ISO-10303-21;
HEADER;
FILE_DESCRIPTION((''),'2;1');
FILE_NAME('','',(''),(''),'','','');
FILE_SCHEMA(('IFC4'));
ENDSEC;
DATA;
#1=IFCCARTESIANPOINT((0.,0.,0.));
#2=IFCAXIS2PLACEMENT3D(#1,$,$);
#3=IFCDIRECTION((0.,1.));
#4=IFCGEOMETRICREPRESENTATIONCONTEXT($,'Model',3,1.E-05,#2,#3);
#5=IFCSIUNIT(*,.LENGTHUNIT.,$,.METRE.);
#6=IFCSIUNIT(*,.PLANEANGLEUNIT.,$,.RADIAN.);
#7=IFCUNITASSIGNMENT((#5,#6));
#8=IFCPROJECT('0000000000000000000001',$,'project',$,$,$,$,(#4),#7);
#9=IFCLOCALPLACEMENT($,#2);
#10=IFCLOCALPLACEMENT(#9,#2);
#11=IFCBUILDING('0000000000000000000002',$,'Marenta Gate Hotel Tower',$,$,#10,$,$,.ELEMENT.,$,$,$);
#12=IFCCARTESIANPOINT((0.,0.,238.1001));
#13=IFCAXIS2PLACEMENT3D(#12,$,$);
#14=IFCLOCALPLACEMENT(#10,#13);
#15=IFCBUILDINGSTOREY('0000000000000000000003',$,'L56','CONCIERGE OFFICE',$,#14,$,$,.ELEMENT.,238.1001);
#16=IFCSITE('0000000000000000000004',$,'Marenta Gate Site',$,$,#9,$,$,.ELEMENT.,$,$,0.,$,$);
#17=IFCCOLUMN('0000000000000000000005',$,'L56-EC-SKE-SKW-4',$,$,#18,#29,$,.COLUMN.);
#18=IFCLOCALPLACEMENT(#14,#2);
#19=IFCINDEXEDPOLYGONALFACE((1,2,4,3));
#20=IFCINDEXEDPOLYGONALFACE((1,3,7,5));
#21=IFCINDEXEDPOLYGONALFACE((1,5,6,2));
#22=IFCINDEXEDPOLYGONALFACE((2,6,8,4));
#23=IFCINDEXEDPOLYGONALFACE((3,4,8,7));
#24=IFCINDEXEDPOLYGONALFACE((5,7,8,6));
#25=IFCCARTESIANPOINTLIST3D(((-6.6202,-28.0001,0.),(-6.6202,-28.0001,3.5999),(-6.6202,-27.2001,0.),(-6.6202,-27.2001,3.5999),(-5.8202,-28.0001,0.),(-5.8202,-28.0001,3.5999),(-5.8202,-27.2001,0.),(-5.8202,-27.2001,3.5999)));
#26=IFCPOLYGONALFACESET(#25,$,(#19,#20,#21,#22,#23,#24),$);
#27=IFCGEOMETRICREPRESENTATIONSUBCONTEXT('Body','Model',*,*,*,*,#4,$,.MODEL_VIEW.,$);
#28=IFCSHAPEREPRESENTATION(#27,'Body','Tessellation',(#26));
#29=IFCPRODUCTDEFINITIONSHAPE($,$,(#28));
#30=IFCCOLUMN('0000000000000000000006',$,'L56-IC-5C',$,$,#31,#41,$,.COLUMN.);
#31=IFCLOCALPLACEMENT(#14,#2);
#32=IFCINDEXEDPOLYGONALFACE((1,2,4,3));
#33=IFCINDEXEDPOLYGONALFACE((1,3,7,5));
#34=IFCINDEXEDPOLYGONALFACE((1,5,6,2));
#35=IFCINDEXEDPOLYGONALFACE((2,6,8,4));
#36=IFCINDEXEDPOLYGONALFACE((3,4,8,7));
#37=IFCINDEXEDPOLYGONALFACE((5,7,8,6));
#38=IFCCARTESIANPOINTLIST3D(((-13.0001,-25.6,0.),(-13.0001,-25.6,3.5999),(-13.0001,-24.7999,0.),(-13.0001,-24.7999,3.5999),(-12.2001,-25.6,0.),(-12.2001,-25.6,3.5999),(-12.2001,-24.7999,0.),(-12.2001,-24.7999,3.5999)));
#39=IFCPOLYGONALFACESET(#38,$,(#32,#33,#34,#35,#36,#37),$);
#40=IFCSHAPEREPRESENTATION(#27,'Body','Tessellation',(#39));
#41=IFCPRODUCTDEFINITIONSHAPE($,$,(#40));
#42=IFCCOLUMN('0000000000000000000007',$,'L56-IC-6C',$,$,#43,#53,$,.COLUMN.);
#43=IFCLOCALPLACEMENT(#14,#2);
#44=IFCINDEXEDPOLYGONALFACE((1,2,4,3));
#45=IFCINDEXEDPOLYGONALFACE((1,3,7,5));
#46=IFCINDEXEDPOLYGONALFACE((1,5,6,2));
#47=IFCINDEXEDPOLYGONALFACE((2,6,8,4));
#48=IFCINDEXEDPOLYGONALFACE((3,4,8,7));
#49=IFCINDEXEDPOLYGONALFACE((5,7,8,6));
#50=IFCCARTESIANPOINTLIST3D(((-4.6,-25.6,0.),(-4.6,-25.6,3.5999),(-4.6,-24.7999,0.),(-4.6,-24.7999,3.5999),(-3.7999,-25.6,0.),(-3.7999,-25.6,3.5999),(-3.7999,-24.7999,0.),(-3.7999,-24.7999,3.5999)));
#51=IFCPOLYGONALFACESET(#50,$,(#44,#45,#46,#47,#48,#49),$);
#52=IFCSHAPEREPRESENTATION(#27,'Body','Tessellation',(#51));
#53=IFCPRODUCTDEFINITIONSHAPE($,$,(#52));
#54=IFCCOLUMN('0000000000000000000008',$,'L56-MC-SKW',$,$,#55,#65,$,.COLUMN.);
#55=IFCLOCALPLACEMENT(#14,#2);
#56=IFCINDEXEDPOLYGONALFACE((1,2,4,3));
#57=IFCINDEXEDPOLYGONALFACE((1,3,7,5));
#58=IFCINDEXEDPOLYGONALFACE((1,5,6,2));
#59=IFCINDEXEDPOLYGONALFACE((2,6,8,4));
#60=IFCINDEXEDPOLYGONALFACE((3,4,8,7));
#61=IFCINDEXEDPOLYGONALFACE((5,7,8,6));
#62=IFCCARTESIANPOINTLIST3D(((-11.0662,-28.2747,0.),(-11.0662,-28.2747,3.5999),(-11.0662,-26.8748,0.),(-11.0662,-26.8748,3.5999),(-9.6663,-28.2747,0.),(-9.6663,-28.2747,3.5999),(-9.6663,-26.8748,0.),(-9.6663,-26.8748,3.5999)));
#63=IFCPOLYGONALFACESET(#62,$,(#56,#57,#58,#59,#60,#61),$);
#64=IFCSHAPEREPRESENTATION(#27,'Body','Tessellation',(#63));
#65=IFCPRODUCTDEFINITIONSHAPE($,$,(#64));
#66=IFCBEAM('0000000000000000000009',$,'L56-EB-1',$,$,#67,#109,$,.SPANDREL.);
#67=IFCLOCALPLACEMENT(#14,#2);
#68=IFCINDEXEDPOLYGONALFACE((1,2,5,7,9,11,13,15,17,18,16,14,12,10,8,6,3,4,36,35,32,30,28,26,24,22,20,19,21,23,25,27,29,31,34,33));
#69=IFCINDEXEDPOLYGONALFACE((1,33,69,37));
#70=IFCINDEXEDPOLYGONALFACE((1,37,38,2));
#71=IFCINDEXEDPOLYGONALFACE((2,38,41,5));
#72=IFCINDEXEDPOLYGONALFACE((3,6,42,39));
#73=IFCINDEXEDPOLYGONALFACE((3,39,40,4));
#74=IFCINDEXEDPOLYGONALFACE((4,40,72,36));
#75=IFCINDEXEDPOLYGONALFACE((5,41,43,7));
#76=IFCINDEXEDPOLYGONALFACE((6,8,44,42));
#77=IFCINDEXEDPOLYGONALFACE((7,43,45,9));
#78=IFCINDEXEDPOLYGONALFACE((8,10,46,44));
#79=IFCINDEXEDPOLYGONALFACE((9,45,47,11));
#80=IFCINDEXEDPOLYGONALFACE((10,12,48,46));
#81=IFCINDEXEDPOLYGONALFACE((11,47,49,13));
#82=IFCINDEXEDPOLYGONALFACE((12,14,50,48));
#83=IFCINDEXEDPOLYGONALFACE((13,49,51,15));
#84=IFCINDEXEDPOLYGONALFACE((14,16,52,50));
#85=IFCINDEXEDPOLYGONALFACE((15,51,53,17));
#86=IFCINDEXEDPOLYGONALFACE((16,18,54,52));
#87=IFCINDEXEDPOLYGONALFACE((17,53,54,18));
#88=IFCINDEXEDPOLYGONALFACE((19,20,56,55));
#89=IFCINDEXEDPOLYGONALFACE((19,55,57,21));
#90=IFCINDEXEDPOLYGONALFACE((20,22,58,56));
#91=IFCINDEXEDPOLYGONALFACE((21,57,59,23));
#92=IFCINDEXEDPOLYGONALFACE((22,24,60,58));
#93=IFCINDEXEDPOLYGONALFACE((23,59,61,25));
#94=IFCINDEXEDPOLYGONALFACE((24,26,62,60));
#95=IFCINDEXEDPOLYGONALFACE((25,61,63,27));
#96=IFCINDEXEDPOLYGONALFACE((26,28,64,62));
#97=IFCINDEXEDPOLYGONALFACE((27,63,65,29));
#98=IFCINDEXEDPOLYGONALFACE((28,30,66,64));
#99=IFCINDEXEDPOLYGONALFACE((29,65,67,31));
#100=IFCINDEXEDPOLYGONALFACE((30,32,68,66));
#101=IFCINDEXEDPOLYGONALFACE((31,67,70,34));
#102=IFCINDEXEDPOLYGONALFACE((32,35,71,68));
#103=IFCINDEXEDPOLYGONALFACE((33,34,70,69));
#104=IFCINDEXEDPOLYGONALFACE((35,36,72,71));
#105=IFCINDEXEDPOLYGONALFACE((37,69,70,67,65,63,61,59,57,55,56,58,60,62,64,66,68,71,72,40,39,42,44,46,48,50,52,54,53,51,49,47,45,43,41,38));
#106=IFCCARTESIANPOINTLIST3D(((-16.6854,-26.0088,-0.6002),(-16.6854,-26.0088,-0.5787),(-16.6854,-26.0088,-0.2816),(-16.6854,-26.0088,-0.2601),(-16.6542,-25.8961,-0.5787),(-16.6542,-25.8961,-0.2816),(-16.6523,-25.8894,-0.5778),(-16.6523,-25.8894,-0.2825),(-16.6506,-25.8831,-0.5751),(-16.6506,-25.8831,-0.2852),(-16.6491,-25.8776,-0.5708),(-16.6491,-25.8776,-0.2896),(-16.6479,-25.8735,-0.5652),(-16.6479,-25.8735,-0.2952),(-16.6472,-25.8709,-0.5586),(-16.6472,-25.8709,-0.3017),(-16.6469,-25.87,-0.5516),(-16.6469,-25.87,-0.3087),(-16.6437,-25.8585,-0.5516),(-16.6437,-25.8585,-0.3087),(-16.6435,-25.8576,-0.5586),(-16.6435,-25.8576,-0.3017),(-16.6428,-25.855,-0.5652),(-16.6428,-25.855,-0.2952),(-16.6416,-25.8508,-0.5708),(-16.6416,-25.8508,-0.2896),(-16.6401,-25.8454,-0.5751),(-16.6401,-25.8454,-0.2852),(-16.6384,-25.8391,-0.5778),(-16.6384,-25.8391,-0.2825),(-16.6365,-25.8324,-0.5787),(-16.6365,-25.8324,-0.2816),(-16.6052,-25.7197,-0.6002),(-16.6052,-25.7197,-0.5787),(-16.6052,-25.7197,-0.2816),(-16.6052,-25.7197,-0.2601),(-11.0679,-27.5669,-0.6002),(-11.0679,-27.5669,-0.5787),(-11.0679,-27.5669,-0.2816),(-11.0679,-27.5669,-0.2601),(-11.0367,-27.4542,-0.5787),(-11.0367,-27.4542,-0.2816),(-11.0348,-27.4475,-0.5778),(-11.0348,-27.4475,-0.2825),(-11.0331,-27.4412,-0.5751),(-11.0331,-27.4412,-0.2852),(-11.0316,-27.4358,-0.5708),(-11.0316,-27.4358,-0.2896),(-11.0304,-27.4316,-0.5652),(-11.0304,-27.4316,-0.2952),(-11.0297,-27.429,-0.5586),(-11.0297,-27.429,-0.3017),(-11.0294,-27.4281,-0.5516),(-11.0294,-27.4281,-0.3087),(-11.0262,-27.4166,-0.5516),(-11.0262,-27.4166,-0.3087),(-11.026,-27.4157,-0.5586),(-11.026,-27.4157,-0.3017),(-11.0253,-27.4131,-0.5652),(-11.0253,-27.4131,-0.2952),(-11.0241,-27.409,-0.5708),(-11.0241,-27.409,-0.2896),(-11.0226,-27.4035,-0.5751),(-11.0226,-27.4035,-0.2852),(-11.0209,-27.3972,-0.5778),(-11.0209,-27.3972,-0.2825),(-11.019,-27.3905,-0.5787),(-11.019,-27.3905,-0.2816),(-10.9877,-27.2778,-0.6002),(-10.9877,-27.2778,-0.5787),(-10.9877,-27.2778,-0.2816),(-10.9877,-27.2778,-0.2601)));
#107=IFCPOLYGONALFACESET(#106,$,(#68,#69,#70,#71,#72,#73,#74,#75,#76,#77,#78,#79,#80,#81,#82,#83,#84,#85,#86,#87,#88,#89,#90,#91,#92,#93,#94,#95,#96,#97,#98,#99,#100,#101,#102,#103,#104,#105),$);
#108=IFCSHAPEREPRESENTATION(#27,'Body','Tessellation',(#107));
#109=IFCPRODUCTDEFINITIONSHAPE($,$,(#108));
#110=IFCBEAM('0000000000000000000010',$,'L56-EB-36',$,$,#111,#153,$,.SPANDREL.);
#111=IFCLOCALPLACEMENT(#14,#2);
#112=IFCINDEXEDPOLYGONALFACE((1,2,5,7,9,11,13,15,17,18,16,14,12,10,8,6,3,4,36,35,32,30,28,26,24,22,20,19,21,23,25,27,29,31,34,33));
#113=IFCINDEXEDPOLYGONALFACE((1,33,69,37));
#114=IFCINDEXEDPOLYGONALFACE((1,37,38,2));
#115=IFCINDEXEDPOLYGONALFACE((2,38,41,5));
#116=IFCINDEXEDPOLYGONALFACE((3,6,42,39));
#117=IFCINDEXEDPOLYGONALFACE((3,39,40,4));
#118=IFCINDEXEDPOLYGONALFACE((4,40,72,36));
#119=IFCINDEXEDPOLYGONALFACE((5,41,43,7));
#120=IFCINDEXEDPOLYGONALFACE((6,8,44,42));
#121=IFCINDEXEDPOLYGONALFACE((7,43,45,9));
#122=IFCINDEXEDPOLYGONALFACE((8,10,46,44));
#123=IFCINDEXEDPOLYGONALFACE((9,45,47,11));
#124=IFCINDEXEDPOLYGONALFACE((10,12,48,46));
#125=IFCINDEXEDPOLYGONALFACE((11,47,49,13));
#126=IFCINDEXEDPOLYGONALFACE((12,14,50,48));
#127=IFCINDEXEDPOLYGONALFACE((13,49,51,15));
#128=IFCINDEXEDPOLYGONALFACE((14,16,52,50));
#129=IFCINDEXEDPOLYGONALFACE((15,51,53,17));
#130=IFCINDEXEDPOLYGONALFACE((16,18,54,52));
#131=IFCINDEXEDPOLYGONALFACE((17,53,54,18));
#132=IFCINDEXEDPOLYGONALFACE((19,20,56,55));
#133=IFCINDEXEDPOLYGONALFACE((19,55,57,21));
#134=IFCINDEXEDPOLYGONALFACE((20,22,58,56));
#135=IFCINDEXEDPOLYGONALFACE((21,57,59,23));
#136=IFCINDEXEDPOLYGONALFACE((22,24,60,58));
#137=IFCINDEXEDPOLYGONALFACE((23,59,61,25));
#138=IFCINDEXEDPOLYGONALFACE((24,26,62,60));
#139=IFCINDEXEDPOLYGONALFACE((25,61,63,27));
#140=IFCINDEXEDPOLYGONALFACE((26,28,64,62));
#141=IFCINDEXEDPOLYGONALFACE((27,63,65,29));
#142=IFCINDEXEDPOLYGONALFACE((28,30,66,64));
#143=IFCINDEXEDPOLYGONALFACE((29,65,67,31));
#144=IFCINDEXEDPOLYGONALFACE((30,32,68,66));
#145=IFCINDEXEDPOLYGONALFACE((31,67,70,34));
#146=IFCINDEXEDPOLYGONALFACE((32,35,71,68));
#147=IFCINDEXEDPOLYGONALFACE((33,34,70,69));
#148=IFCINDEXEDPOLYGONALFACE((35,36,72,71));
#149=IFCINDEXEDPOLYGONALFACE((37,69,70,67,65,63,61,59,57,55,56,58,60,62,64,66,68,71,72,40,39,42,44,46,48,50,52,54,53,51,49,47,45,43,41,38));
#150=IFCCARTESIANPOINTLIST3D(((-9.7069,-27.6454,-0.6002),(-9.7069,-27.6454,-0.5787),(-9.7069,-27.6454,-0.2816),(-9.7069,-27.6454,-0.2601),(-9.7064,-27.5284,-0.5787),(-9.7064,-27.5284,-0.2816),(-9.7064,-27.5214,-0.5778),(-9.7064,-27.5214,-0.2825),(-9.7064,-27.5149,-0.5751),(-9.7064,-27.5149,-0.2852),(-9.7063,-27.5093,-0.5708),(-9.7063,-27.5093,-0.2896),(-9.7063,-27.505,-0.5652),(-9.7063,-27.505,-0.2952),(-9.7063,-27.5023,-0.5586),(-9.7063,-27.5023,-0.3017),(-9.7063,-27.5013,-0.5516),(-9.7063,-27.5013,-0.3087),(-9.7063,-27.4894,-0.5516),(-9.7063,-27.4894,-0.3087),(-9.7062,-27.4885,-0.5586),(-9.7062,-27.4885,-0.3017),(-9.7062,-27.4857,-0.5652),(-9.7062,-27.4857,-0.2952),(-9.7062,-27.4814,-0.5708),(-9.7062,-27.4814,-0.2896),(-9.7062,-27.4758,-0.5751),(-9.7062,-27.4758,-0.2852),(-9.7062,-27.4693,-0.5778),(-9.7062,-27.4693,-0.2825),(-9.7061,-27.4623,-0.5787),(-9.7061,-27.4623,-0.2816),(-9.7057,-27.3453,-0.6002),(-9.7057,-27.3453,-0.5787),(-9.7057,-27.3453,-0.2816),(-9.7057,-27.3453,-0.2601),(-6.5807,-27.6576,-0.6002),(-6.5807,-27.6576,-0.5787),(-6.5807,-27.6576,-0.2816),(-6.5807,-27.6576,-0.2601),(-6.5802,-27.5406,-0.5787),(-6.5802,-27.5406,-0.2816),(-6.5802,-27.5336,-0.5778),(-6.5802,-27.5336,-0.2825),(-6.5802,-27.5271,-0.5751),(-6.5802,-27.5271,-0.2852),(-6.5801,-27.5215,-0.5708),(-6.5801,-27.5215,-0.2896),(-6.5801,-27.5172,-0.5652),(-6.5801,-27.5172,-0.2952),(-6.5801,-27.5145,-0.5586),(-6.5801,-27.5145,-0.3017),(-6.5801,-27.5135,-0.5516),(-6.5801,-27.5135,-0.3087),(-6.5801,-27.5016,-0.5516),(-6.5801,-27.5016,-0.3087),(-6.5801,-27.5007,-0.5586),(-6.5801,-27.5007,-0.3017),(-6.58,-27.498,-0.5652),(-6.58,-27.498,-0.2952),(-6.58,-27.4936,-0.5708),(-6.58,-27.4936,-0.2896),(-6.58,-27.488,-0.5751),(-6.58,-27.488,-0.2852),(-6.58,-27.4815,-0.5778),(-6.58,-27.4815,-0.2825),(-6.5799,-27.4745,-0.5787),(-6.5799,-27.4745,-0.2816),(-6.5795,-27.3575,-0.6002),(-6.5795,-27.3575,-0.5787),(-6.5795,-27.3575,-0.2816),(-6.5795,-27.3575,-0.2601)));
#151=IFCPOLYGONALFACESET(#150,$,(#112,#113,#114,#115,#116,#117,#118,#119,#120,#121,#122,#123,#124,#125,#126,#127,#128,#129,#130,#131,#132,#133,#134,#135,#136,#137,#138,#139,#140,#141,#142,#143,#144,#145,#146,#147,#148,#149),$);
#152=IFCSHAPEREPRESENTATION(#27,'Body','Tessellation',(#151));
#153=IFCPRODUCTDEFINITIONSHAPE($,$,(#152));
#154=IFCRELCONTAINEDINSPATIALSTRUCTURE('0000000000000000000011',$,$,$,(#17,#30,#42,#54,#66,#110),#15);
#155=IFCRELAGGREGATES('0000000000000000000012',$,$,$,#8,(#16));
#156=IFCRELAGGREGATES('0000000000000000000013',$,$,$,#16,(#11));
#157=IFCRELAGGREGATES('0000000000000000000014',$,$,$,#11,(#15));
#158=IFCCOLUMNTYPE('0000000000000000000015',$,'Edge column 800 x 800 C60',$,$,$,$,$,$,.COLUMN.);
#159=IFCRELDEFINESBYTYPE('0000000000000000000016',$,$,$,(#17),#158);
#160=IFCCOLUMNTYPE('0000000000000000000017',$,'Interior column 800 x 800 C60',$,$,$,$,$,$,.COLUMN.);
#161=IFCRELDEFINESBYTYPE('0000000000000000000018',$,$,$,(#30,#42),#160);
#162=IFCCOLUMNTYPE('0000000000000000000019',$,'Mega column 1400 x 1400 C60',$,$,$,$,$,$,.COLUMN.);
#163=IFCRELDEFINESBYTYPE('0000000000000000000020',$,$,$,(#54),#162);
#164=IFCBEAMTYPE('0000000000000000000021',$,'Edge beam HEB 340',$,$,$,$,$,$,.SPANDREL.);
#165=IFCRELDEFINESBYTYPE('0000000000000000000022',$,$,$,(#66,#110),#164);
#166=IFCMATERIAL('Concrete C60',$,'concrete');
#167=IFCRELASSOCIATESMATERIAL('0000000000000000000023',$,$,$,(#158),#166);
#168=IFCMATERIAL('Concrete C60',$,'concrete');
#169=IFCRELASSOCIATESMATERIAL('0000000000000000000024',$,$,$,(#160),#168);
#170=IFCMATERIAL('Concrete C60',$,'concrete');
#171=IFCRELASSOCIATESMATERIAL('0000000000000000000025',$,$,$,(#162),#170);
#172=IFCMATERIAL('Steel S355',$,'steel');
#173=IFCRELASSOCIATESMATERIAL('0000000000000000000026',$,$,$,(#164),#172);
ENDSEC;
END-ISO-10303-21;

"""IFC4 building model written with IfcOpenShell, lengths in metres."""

from ifc_helpers import new_model, si_unit, direction, frame, origin, origin_2d, place, context, subcontext, project, spatial, rectangle, i_section, extrude, material, material_profile, profile_set, type_object, element, save


model = new_model("IFC4")

# Units and contexts
model_context = context("Model", 3, precision=1e-05, world=origin(), true_north=direction((0.0, 1.0)))
body_context = subcontext(model_context, "Body", "Model", "MODEL_VIEW")
ifc_project = project(units=[si_unit("LENGTHUNIT", "METRE"), si_unit("PLANEANGLEUNIT", "RADIAN")], contexts=[model_context])

# Site, building, storey
site_placement = place(None, origin())
site = spatial("IfcSite", under=ifc_project, at=site_placement, Name="Marenta Gate Site", CompositionType="ELEMENT", RefElevation=0.0)
building_placement = place(site_placement, origin())
building = spatial("IfcBuilding", under=site, at=building_placement, Name="Marenta Gate Hotel Tower", CompositionType="ELEMENT")
storey_placement = place(building_placement, frame((0.0, 0.0, 238.1001)))
storey = spatial("IfcBuildingStorey", under=building, at=storey_placement, Name="L56", Description="CONCIERGE OFFICE", CompositionType="ELEMENT", Elevation=238.1001)

# Columns
ifc_material_1 = material(Name="Concrete C60", Category="concrete")
ifc_material_profile_1 = material_profile(ifc_material_1, rectangle(XDim=0.8, YDim=0.8, at=origin_2d()), Name="800 x 800")
ifc_profile_set_1 = profile_set([ifc_material_profile_1], Name="Concrete C60")
column_type_1 = type_object("IfcColumnType", Name="Edge column 800 x 800 C60", PredefinedType="COLUMN", material=ifc_profile_set_1)
column_1_placement = place(storey_placement, frame((-6.2202, -27.6001, 0.0), z_axis=(0.0, 0.0, 1.0), x_axis=(1.0, 0.0, 0.0)))
element("IfcColumn", 1, at=column_1_placement, inside=storey, type_object=column_type_1, Name="L56-EC-SKE-SKW-4", PredefinedType="COLUMN", context=body_context, shape_type="SweptSolid", body=[
    extrude(rectangle(XDim=0.8, YDim=0.8, at=origin_2d()), origin(), (0.0, 0.0, 1.0), 3.5999),
])
ifc_material_2 = material(Name="Concrete C60", Category="concrete")
ifc_material_profile_2 = material_profile(ifc_material_2, rectangle(XDim=0.8, YDim=0.8, at=origin_2d()), Name="800 x 800")
ifc_profile_set_2 = profile_set([ifc_material_profile_2], Name="Concrete C60")
column_type_2 = type_object("IfcColumnType", Name="Interior column 800 x 800 C60", PredefinedType="COLUMN", material=ifc_profile_set_2)
for number, where, z_axis, x_axis, name in (
    (2, (-12.6001, -25.2, 0.0), (0.0, 0.0, 1.0), (1.0, 0.0, 0.0), "L56-IC-5C"),
    (3, (-4.2, -25.2, 0.0), (0.0, 0.0, 1.0), (1.0, 0.0, 0.0), "L56-IC-6C"),
):
    element("IfcColumn", number, at=place(storey_placement, frame(where, z_axis=z_axis, x_axis=x_axis)), inside=storey, type_object=column_type_2, Name=name, PredefinedType="COLUMN", context=body_context, shape_type="SweptSolid", body=[
        extrude(rectangle(XDim=0.8, YDim=0.8, at=origin_2d()), origin(), (0.0, 0.0, 1.0), 3.5999),
    ])
ifc_material_3 = material(Name="Concrete C60", Category="concrete")
ifc_material_profile_3 = material_profile(ifc_material_3, rectangle(XDim=1.3999, YDim=1.3999, at=origin_2d()), Name="1400 x 1400")
ifc_profile_set_3 = profile_set([ifc_material_profile_3], Name="Concrete C60")
column_type_3 = type_object("IfcColumnType", Name="Mega column 1400 x 1400 C60", PredefinedType="COLUMN", material=ifc_profile_set_3)
column_2_placement = place(storey_placement, frame((-10.3662, -27.5747, 0.0), z_axis=(0.0, 0.0, 1.0), x_axis=(1.0, 0.0, 0.0)))
element("IfcColumn", 4, at=column_2_placement, inside=storey, type_object=column_type_3, Name="L56-MC-SKW", PredefinedType="COLUMN", context=body_context, shape_type="SweptSolid", body=[
    extrude(rectangle(XDim=1.3999, YDim=1.3999, at=origin_2d()), origin(), (0.0, 0.0, 1.0), 3.5999),
])

# Beams
ifc_material_4 = material(Name="Steel S355", Category="steel")
ifc_material_profile_4 = material_profile(ifc_material_4, i_section(OverallWidth=0.3, OverallDepth=0.3401, WebThickness=0.012, FlangeThickness=0.0215, FilletRadius=0.0271, at=origin_2d()), Name="HEB 340")
ifc_profile_set_4 = profile_set([ifc_material_profile_4], Name="Steel S355")
beam_type_1 = type_object("IfcBeamType", Name="Edge beam HEB 340", PredefinedType="SPANDREL", material=ifc_profile_set_4)
beam_1_placement = place(storey_placement, frame((-11.0278, -27.4224, -0.4302), z_axis=(-0.963619, 0.267279, 0.0), x_axis=(-0.267279, -0.963619, 0.0)))
element("IfcBeam", 5, at=beam_1_placement, inside=storey, type_object=beam_type_1, Name="L56-EB-1", PredefinedType="SPANDREL", context=body_context, shape_type="SweptSolid", body=[
    extrude(i_section(OverallWidth=0.3, OverallDepth=0.3401, WebThickness=0.012, FlangeThickness=0.0215, FilletRadius=0.0271, at=origin_2d()), origin(), (0.0, 0.0, 1.0), 5.8296),
])
beam_2_placement = place(storey_placement, frame((-6.5801, -27.5076, -0.4302), z_axis=(-0.999992, 0.003905, 0.0), x_axis=(-0.003905, -0.999992, 0.0)))
element("IfcBeam", 6, at=beam_2_placement, inside=storey, type_object=beam_type_1, Name="L56-EB-36", PredefinedType="SPANDREL", context=body_context, shape_type="SweptSolid", body=[
    extrude(i_section(OverallWidth=0.3, OverallDepth=0.3401, WebThickness=0.012, FlangeThickness=0.0215, FilletRadius=0.0271, at=origin_2d()), origin(), (0.0, 0.0, 1.0), 3.1262),
])

save(model, "model.ifc")
